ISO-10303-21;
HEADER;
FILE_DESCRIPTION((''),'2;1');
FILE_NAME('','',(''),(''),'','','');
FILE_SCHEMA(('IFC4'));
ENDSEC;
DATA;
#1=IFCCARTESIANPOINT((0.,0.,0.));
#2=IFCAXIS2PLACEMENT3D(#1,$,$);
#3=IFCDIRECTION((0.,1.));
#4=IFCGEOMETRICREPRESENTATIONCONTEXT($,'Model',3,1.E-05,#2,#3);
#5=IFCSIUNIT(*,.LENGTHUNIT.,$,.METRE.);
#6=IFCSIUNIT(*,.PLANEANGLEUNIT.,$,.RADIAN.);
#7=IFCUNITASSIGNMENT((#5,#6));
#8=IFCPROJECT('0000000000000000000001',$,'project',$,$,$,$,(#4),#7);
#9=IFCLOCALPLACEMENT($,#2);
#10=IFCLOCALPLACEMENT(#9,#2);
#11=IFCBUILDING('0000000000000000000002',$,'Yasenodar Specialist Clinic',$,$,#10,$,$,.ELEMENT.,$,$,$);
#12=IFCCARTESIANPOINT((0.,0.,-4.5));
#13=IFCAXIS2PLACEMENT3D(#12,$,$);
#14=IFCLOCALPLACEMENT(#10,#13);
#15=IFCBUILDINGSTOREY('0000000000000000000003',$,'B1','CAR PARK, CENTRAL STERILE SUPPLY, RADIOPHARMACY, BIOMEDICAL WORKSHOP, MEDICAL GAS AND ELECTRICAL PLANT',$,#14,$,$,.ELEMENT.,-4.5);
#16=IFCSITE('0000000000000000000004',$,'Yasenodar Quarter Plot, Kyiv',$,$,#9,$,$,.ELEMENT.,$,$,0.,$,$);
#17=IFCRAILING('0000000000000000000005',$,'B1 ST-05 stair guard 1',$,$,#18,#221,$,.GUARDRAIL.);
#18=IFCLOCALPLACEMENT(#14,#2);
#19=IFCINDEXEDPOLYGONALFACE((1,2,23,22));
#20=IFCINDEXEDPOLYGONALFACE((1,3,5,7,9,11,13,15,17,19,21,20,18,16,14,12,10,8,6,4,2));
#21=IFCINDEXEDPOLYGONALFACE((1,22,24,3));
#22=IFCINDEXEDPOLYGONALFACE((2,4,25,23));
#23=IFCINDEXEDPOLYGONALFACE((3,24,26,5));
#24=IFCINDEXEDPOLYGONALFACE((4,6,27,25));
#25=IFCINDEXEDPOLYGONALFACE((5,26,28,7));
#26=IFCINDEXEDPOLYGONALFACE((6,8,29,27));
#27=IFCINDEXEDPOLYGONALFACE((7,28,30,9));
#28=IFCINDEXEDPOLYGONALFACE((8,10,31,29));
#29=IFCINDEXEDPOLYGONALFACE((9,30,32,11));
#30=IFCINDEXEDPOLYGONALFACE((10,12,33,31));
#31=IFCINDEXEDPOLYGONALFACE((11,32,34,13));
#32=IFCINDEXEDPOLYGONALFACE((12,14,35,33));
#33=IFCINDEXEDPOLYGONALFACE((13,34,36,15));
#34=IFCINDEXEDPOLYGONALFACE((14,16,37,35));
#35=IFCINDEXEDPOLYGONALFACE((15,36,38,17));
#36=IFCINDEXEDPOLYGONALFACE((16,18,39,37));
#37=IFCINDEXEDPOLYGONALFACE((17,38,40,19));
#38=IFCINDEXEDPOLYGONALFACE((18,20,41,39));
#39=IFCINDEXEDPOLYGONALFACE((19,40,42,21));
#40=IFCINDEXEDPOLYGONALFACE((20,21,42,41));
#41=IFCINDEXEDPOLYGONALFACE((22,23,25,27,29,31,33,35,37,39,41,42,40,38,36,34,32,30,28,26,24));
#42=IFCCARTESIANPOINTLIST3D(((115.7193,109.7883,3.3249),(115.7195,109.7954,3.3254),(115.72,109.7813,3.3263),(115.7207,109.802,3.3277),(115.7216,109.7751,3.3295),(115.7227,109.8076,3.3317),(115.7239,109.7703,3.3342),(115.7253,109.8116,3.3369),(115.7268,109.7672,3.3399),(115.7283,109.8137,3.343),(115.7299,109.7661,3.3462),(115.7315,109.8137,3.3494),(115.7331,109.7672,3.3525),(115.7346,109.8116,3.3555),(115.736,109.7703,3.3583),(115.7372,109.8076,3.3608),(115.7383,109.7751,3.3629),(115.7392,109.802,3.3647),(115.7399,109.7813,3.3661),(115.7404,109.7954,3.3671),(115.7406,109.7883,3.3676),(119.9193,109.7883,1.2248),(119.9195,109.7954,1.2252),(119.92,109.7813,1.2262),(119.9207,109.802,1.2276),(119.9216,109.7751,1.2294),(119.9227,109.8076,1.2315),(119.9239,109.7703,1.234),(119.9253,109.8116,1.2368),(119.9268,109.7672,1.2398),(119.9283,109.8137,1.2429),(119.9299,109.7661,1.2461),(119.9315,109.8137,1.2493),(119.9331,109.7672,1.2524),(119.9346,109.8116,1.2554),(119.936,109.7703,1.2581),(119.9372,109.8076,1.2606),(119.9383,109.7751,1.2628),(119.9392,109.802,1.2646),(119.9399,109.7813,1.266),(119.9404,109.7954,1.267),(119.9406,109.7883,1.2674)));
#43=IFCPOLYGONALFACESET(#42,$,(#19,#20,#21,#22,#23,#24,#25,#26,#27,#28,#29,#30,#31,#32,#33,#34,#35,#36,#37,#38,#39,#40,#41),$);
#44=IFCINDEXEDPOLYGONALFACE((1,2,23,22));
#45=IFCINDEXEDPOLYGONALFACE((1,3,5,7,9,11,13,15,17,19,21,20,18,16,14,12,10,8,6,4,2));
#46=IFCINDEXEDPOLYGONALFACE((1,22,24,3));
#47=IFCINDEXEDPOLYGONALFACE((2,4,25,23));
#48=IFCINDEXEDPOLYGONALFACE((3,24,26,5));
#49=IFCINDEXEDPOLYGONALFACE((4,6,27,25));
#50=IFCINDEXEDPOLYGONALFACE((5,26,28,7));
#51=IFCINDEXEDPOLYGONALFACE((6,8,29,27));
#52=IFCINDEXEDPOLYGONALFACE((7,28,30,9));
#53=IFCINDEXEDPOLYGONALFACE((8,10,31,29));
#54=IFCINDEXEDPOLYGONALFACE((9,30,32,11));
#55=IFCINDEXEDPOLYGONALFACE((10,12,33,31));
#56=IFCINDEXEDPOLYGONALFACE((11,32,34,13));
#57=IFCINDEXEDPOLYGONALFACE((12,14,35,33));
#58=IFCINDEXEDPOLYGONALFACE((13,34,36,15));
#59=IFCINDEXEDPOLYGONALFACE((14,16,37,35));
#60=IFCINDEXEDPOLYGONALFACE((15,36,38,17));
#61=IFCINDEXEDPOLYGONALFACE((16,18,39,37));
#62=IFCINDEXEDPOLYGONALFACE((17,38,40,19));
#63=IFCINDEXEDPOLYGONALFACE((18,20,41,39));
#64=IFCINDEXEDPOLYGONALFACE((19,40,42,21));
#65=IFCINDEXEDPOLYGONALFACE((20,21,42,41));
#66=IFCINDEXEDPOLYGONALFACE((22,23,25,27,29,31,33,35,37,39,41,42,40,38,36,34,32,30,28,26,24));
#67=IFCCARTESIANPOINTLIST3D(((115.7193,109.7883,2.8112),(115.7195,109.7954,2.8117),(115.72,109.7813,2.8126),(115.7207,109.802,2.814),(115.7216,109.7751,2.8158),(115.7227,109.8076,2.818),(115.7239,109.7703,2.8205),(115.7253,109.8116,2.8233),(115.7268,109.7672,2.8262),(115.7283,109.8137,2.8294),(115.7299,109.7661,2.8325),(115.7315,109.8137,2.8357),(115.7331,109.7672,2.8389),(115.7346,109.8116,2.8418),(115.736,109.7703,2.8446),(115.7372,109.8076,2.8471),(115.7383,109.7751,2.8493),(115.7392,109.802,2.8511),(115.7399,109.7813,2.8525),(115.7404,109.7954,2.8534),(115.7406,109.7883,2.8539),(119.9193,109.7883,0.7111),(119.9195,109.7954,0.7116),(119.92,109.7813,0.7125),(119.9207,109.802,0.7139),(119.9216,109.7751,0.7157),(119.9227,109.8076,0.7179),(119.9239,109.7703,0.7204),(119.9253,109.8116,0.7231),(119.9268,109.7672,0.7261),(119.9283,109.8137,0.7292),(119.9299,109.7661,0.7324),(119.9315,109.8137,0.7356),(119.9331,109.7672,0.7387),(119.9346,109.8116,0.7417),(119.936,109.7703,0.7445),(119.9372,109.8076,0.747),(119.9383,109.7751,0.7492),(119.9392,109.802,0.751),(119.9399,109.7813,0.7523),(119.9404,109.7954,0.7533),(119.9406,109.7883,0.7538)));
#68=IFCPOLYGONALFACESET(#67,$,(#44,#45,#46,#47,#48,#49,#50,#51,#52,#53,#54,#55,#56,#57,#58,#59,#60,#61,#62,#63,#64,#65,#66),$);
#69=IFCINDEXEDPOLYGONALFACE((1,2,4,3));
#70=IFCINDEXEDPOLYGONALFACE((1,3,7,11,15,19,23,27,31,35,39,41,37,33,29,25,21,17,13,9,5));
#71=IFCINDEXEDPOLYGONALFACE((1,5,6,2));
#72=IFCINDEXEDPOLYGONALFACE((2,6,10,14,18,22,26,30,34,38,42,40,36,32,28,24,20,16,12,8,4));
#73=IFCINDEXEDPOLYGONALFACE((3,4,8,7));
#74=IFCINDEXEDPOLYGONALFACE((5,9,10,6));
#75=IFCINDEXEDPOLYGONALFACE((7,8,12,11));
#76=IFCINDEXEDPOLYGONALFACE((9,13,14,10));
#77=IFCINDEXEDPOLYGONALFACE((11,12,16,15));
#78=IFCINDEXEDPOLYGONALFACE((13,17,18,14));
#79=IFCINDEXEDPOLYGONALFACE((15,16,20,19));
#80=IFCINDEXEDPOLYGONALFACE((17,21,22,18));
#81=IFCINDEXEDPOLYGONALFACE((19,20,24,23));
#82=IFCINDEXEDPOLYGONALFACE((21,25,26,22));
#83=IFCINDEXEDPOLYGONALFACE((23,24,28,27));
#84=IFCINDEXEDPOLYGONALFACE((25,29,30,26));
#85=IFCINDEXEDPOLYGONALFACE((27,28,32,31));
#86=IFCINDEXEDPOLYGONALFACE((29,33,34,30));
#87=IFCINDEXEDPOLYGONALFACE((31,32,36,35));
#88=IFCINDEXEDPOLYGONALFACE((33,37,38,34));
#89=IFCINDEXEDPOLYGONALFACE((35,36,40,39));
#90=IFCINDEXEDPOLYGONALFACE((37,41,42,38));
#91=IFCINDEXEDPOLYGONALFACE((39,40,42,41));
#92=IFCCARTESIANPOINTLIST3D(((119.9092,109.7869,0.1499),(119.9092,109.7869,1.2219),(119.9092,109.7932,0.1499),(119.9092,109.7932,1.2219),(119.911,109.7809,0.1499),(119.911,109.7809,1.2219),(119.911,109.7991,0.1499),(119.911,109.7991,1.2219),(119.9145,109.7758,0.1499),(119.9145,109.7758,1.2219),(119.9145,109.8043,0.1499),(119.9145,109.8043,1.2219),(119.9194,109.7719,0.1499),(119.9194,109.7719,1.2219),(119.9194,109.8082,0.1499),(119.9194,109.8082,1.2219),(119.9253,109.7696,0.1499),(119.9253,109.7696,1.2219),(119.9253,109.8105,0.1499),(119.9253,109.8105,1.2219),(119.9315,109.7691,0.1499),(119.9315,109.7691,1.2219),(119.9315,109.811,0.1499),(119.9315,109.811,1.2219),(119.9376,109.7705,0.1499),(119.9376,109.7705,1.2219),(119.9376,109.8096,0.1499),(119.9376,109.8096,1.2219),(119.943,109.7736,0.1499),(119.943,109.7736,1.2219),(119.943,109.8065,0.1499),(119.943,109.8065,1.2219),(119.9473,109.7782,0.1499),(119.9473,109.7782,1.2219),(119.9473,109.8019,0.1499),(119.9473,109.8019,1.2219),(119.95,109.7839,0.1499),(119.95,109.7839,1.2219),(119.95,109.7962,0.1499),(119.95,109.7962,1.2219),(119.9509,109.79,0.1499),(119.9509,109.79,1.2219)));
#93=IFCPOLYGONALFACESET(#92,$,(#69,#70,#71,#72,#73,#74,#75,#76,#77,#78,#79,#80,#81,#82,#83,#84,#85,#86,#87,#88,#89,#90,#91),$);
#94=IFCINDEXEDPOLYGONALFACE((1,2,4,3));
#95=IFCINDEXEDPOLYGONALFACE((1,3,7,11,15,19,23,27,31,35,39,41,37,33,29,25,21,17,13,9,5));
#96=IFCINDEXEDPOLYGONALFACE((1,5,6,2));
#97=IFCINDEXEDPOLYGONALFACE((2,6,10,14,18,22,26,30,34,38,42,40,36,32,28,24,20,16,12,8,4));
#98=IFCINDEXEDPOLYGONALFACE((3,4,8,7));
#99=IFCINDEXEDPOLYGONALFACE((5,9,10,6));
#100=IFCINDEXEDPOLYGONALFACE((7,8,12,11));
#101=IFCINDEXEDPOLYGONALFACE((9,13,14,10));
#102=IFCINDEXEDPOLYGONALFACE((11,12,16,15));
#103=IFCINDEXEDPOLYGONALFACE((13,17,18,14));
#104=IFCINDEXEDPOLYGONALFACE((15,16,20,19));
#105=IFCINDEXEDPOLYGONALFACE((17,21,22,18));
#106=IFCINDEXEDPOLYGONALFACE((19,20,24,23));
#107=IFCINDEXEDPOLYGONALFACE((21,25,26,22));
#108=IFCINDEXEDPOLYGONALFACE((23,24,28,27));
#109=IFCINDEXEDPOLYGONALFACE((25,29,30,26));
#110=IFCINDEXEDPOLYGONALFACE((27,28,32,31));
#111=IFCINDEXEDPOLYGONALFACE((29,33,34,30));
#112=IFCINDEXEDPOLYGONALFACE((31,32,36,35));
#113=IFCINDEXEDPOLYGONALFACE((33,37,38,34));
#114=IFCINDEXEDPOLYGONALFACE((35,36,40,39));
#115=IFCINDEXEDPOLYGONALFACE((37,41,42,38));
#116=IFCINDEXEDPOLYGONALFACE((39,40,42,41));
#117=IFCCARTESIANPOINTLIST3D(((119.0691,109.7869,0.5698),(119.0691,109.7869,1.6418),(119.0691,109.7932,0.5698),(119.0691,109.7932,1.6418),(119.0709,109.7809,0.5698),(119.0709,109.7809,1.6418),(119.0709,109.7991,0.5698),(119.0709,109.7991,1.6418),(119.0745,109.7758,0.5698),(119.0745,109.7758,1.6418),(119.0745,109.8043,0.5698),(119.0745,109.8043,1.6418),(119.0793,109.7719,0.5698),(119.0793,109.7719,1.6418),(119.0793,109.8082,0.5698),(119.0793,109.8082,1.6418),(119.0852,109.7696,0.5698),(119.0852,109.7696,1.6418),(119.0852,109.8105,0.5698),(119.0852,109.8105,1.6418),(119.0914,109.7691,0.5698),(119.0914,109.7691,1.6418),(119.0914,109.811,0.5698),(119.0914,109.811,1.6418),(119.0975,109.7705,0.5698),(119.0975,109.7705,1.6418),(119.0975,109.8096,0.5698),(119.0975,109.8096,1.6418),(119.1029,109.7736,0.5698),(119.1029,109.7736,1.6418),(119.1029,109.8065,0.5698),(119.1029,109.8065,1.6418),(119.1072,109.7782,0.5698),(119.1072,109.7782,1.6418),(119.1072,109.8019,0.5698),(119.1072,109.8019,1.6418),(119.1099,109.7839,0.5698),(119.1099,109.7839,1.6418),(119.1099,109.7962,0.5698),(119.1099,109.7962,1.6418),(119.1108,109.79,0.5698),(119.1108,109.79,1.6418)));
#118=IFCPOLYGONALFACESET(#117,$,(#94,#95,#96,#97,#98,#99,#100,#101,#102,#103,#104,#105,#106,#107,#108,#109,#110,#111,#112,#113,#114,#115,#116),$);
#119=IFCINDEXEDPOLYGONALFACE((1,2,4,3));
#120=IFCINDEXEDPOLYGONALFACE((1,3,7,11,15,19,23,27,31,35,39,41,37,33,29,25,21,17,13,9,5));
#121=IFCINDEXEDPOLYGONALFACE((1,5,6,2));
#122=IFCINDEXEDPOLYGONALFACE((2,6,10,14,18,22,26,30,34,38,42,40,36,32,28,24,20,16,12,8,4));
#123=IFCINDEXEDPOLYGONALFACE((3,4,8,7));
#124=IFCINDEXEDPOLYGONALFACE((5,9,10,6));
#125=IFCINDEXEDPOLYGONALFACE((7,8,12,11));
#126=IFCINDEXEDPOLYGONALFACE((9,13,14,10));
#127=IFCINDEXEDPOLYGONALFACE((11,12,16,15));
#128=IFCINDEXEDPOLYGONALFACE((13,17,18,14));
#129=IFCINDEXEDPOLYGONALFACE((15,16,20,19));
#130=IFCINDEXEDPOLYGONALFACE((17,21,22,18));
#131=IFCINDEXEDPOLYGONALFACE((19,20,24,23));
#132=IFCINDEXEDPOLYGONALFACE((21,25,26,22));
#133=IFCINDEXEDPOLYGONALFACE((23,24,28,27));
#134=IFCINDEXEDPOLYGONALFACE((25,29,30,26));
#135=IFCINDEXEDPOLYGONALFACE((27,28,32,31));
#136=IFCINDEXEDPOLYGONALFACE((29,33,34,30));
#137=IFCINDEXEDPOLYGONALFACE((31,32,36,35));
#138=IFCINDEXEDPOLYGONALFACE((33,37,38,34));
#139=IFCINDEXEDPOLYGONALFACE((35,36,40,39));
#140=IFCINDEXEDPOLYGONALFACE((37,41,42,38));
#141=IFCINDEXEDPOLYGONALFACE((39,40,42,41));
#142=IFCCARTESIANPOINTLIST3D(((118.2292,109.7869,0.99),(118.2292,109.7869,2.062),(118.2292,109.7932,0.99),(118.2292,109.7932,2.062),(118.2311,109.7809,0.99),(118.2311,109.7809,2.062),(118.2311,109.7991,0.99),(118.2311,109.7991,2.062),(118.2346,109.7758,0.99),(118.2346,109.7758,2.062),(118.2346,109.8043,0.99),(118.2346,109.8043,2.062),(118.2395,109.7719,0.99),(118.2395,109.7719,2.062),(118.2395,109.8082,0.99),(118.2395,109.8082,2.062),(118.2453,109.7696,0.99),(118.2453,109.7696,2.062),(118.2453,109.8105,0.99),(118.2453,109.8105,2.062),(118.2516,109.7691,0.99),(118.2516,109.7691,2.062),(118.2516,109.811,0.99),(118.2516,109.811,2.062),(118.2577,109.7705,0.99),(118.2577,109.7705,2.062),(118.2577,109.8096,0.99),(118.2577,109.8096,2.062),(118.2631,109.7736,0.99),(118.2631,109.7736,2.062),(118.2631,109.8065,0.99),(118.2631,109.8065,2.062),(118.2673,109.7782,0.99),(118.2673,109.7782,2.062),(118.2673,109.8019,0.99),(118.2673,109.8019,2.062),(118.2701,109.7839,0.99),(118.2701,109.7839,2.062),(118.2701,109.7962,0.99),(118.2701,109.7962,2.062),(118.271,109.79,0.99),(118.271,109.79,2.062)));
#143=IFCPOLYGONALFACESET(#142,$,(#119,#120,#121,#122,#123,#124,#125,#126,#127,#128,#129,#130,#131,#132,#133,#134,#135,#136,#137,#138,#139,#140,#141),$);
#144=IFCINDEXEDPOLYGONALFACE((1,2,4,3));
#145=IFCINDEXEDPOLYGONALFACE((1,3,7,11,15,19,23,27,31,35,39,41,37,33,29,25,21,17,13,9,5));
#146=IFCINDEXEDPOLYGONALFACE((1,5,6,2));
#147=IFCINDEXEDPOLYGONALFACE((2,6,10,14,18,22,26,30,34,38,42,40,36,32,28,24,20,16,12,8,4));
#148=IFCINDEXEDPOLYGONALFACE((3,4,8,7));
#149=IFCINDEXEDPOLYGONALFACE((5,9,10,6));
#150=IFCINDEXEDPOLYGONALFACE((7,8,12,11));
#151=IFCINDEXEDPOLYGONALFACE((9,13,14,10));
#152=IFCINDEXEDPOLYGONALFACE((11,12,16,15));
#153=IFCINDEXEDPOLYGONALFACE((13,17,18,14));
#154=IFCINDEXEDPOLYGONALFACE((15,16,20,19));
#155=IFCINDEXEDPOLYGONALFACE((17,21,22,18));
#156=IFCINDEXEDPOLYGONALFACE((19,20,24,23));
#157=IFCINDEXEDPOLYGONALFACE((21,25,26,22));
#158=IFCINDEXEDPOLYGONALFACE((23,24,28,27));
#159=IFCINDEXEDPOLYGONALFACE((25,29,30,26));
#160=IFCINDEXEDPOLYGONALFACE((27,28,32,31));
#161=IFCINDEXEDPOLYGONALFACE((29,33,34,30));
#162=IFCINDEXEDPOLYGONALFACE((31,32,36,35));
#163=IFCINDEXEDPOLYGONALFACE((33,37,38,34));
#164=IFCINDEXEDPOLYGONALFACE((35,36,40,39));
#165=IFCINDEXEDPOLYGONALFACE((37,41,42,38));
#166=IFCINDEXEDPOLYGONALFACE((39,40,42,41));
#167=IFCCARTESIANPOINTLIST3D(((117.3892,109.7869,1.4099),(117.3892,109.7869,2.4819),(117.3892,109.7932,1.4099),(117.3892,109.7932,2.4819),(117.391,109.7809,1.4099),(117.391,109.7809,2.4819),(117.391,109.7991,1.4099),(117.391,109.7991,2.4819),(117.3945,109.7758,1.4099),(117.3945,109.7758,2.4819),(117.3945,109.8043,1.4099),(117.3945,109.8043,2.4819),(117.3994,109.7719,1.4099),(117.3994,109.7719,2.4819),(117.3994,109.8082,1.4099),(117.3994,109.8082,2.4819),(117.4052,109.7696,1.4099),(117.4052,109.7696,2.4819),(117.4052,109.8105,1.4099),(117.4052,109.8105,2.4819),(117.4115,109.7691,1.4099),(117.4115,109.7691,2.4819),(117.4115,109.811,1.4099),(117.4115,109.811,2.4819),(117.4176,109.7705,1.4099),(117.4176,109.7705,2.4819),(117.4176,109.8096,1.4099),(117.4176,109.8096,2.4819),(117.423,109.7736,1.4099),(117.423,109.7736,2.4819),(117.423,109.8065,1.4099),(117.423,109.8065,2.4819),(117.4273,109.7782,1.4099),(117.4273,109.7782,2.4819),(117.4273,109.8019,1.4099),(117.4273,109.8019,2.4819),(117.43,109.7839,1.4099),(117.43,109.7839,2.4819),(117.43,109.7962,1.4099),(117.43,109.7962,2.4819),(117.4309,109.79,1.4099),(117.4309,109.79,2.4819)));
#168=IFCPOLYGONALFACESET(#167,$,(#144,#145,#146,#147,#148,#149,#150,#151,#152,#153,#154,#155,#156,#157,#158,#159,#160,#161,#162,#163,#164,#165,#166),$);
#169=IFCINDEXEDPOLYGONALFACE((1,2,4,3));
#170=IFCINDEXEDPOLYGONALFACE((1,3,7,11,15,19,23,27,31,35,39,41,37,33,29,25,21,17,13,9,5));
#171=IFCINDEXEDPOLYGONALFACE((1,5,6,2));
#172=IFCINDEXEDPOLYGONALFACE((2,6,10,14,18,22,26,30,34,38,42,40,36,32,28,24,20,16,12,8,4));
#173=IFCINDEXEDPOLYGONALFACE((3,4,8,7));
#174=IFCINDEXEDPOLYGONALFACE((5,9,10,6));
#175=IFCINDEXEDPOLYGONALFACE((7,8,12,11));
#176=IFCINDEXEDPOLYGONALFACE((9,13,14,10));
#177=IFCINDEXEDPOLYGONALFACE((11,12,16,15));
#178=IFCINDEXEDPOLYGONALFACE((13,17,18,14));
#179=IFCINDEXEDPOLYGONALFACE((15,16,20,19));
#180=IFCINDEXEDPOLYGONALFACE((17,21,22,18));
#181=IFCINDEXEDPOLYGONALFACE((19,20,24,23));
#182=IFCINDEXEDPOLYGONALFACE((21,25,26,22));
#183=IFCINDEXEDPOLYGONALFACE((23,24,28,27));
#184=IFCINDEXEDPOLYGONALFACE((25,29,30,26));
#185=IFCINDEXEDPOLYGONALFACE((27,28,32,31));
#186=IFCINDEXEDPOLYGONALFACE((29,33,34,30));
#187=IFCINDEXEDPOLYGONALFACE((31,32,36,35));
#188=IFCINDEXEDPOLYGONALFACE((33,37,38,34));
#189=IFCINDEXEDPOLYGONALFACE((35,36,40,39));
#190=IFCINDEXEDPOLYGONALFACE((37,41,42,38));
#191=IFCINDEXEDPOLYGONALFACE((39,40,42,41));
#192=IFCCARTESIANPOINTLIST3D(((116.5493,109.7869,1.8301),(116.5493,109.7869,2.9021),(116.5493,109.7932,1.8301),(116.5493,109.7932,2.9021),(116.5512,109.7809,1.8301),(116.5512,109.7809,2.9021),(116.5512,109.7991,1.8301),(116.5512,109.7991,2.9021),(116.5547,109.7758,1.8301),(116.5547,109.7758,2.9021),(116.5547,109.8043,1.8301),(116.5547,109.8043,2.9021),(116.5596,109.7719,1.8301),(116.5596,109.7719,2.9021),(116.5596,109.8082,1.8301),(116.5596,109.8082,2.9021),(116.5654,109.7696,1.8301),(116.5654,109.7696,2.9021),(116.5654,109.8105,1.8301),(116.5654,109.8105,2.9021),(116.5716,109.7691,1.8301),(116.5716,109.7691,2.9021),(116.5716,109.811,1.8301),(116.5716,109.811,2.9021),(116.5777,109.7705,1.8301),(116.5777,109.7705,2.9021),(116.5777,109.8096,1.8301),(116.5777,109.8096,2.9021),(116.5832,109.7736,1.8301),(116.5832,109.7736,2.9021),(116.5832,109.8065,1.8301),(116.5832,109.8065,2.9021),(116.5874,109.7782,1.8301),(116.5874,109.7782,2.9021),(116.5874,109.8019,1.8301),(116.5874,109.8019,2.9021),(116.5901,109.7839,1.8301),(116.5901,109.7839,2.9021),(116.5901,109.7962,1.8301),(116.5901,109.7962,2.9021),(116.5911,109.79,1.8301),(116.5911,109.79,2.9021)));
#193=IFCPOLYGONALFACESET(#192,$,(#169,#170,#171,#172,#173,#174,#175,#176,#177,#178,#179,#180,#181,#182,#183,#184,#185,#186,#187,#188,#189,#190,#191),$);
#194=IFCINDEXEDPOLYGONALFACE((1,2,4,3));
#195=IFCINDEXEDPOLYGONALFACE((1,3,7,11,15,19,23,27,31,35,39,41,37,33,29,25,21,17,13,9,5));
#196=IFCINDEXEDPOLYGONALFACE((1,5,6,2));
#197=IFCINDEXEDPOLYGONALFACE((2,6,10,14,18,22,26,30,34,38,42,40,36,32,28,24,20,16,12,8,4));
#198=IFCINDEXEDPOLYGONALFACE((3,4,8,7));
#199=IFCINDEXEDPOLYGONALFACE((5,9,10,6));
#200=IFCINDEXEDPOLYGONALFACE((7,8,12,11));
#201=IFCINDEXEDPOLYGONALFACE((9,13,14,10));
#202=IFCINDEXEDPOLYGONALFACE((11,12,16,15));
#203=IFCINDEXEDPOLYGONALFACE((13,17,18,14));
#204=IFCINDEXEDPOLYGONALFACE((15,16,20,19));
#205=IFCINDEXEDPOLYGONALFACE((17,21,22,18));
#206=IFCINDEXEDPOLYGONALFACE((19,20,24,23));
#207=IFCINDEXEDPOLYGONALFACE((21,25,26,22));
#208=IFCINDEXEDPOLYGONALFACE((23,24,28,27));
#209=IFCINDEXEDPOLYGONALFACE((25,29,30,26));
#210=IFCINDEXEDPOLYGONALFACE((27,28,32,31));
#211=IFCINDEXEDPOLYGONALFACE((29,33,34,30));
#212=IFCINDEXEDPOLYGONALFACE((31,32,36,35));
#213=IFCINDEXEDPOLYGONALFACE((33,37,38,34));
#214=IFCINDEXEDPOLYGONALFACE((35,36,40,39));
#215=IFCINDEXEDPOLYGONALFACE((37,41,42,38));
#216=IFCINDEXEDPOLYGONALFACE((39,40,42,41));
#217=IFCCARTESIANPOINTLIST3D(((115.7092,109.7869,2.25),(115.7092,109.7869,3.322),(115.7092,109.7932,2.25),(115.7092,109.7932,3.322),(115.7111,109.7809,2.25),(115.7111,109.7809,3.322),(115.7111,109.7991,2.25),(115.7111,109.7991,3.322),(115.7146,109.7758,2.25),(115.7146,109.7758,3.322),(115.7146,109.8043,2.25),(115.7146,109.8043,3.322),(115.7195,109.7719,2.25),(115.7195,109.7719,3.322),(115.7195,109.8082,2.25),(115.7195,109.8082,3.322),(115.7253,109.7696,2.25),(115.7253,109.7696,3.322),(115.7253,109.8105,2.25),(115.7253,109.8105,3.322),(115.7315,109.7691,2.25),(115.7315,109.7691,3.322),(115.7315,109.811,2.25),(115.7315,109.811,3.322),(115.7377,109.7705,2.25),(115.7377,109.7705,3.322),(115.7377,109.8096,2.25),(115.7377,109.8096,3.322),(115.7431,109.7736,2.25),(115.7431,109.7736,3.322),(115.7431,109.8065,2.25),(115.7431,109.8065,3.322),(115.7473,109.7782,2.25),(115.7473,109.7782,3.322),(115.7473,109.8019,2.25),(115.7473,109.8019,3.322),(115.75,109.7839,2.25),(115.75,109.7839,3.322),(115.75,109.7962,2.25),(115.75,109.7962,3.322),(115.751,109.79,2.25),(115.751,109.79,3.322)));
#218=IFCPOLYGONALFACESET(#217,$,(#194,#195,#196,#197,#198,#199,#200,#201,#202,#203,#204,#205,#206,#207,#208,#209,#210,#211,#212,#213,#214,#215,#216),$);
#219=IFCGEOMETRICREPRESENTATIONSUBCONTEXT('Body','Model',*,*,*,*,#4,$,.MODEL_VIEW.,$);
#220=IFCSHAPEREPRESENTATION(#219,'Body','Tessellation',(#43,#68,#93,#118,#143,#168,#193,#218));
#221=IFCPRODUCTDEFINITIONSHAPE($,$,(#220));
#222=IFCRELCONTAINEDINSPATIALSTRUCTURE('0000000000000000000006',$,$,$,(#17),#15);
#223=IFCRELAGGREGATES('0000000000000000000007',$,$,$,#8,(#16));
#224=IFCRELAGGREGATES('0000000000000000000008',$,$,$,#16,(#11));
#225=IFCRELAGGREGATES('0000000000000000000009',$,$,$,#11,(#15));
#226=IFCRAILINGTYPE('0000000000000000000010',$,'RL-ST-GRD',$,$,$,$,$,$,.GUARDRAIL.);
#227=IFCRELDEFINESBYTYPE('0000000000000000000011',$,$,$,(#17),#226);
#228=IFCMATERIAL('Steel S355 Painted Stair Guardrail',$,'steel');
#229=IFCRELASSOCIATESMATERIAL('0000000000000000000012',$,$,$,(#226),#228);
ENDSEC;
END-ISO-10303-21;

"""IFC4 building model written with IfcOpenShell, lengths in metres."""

from ifc_helpers import new_model, si_unit, direction, frame, origin, origin_2d, place, context, subcontext, project, spatial, circle, extrude, material, type_object, element, save


model = new_model("IFC4")

# Units and contexts
model_context = context("Model", 3, precision=1e-05, world=origin(), true_north=direction((0.0, 1.0)))
body_context = subcontext(model_context, "Body", "Model", "MODEL_VIEW")
ifc_project = project(units=[si_unit("LENGTHUNIT", "METRE"), si_unit("PLANEANGLEUNIT", "RADIAN")], contexts=[model_context])

# Site, building, storey
site_placement = place(None, origin())
site = spatial("IfcSite", under=ifc_project, at=site_placement, Name="Yasenodar Quarter Plot, Kyiv", CompositionType="ELEMENT", RefElevation=0.0)
building_placement = place(site_placement, origin())
building = spatial("IfcBuilding", under=site, at=building_placement, Name="Yasenodar Specialist Clinic", CompositionType="ELEMENT")
storey_placement = place(building_placement, frame((0.0, 0.0, -4.5)))
storey = spatial("IfcBuildingStorey", under=building, at=storey_placement, Name="B1", Description="CAR PARK, CENTRAL STERILE SUPPLY, RADIOPHARMACY, BIOMEDICAL WORKSHOP, MEDICAL GAS AND ELECTRICAL PLANT", CompositionType="ELEMENT", Elevation=-4.5)

# Railing
ifc_material_1 = material(Name="Steel S355 Painted Stair Guardrail", Category="steel")
railing_type_1 = type_object("IfcRailingType", Name="RL-ST-GRD", PredefinedType="GUARDRAIL", material=ifc_material_1)
railing_1_placement = place(storey_placement, frame((119.9299, 109.79, 0.1499)))
element("IfcRailing", 1, at=railing_1_placement, inside=storey, type_object=railing_type_1, Name="B1 ST-05 stair guard 1", PredefinedType="GUARDRAIL", context=body_context, shape_type="SweptSolid", body=[
    extrude(circle(Radius=0.0239, at=origin_2d()), frame((0.0, 0.0, 1.0962), z_axis=(-0.894417, 0.0, 0.447234), x_axis=(0.0, -1.0, 0.0)), (0.0, 0.0, 1.0), 4.6958),
    extrude(circle(Radius=0.0239, at=origin_2d()), frame((0.0, 0.0, 0.5825), z_axis=(-0.894417, 0.0, 0.447234), x_axis=(0.0, -1.0, 0.0)), (0.0, 0.0, 1.0), 4.6958),
    extrude(circle(Radius=0.021, at=origin_2d()), origin(), (0.0, 0.0, 1.0), 1.072),
    extrude(circle(Radius=0.021, at=origin_2d()), frame((-0.8401, 0.0, 0.4199)), (0.0, 0.0, 1.0), 1.072),
    extrude(circle(Radius=0.021, at=origin_2d()), frame((-1.6799, 0.0, 0.8401)), (0.0, 0.0, 1.0), 1.072),
    extrude(circle(Radius=0.021, at=origin_2d()), frame((-2.52, 0.0, 1.26)), (0.0, 0.0, 1.0), 1.072),
    extrude(circle(Radius=0.021, at=origin_2d()), frame((-3.3599, 0.0, 1.6802)), (0.0, 0.0, 1.0), 1.072),
    extrude(circle(Radius=0.021, at=origin_2d()), frame((-4.2, 0.0, 2.1001)), (0.0, 0.0, 1.0), 1.072),
])

save(model, "model.ifc")
